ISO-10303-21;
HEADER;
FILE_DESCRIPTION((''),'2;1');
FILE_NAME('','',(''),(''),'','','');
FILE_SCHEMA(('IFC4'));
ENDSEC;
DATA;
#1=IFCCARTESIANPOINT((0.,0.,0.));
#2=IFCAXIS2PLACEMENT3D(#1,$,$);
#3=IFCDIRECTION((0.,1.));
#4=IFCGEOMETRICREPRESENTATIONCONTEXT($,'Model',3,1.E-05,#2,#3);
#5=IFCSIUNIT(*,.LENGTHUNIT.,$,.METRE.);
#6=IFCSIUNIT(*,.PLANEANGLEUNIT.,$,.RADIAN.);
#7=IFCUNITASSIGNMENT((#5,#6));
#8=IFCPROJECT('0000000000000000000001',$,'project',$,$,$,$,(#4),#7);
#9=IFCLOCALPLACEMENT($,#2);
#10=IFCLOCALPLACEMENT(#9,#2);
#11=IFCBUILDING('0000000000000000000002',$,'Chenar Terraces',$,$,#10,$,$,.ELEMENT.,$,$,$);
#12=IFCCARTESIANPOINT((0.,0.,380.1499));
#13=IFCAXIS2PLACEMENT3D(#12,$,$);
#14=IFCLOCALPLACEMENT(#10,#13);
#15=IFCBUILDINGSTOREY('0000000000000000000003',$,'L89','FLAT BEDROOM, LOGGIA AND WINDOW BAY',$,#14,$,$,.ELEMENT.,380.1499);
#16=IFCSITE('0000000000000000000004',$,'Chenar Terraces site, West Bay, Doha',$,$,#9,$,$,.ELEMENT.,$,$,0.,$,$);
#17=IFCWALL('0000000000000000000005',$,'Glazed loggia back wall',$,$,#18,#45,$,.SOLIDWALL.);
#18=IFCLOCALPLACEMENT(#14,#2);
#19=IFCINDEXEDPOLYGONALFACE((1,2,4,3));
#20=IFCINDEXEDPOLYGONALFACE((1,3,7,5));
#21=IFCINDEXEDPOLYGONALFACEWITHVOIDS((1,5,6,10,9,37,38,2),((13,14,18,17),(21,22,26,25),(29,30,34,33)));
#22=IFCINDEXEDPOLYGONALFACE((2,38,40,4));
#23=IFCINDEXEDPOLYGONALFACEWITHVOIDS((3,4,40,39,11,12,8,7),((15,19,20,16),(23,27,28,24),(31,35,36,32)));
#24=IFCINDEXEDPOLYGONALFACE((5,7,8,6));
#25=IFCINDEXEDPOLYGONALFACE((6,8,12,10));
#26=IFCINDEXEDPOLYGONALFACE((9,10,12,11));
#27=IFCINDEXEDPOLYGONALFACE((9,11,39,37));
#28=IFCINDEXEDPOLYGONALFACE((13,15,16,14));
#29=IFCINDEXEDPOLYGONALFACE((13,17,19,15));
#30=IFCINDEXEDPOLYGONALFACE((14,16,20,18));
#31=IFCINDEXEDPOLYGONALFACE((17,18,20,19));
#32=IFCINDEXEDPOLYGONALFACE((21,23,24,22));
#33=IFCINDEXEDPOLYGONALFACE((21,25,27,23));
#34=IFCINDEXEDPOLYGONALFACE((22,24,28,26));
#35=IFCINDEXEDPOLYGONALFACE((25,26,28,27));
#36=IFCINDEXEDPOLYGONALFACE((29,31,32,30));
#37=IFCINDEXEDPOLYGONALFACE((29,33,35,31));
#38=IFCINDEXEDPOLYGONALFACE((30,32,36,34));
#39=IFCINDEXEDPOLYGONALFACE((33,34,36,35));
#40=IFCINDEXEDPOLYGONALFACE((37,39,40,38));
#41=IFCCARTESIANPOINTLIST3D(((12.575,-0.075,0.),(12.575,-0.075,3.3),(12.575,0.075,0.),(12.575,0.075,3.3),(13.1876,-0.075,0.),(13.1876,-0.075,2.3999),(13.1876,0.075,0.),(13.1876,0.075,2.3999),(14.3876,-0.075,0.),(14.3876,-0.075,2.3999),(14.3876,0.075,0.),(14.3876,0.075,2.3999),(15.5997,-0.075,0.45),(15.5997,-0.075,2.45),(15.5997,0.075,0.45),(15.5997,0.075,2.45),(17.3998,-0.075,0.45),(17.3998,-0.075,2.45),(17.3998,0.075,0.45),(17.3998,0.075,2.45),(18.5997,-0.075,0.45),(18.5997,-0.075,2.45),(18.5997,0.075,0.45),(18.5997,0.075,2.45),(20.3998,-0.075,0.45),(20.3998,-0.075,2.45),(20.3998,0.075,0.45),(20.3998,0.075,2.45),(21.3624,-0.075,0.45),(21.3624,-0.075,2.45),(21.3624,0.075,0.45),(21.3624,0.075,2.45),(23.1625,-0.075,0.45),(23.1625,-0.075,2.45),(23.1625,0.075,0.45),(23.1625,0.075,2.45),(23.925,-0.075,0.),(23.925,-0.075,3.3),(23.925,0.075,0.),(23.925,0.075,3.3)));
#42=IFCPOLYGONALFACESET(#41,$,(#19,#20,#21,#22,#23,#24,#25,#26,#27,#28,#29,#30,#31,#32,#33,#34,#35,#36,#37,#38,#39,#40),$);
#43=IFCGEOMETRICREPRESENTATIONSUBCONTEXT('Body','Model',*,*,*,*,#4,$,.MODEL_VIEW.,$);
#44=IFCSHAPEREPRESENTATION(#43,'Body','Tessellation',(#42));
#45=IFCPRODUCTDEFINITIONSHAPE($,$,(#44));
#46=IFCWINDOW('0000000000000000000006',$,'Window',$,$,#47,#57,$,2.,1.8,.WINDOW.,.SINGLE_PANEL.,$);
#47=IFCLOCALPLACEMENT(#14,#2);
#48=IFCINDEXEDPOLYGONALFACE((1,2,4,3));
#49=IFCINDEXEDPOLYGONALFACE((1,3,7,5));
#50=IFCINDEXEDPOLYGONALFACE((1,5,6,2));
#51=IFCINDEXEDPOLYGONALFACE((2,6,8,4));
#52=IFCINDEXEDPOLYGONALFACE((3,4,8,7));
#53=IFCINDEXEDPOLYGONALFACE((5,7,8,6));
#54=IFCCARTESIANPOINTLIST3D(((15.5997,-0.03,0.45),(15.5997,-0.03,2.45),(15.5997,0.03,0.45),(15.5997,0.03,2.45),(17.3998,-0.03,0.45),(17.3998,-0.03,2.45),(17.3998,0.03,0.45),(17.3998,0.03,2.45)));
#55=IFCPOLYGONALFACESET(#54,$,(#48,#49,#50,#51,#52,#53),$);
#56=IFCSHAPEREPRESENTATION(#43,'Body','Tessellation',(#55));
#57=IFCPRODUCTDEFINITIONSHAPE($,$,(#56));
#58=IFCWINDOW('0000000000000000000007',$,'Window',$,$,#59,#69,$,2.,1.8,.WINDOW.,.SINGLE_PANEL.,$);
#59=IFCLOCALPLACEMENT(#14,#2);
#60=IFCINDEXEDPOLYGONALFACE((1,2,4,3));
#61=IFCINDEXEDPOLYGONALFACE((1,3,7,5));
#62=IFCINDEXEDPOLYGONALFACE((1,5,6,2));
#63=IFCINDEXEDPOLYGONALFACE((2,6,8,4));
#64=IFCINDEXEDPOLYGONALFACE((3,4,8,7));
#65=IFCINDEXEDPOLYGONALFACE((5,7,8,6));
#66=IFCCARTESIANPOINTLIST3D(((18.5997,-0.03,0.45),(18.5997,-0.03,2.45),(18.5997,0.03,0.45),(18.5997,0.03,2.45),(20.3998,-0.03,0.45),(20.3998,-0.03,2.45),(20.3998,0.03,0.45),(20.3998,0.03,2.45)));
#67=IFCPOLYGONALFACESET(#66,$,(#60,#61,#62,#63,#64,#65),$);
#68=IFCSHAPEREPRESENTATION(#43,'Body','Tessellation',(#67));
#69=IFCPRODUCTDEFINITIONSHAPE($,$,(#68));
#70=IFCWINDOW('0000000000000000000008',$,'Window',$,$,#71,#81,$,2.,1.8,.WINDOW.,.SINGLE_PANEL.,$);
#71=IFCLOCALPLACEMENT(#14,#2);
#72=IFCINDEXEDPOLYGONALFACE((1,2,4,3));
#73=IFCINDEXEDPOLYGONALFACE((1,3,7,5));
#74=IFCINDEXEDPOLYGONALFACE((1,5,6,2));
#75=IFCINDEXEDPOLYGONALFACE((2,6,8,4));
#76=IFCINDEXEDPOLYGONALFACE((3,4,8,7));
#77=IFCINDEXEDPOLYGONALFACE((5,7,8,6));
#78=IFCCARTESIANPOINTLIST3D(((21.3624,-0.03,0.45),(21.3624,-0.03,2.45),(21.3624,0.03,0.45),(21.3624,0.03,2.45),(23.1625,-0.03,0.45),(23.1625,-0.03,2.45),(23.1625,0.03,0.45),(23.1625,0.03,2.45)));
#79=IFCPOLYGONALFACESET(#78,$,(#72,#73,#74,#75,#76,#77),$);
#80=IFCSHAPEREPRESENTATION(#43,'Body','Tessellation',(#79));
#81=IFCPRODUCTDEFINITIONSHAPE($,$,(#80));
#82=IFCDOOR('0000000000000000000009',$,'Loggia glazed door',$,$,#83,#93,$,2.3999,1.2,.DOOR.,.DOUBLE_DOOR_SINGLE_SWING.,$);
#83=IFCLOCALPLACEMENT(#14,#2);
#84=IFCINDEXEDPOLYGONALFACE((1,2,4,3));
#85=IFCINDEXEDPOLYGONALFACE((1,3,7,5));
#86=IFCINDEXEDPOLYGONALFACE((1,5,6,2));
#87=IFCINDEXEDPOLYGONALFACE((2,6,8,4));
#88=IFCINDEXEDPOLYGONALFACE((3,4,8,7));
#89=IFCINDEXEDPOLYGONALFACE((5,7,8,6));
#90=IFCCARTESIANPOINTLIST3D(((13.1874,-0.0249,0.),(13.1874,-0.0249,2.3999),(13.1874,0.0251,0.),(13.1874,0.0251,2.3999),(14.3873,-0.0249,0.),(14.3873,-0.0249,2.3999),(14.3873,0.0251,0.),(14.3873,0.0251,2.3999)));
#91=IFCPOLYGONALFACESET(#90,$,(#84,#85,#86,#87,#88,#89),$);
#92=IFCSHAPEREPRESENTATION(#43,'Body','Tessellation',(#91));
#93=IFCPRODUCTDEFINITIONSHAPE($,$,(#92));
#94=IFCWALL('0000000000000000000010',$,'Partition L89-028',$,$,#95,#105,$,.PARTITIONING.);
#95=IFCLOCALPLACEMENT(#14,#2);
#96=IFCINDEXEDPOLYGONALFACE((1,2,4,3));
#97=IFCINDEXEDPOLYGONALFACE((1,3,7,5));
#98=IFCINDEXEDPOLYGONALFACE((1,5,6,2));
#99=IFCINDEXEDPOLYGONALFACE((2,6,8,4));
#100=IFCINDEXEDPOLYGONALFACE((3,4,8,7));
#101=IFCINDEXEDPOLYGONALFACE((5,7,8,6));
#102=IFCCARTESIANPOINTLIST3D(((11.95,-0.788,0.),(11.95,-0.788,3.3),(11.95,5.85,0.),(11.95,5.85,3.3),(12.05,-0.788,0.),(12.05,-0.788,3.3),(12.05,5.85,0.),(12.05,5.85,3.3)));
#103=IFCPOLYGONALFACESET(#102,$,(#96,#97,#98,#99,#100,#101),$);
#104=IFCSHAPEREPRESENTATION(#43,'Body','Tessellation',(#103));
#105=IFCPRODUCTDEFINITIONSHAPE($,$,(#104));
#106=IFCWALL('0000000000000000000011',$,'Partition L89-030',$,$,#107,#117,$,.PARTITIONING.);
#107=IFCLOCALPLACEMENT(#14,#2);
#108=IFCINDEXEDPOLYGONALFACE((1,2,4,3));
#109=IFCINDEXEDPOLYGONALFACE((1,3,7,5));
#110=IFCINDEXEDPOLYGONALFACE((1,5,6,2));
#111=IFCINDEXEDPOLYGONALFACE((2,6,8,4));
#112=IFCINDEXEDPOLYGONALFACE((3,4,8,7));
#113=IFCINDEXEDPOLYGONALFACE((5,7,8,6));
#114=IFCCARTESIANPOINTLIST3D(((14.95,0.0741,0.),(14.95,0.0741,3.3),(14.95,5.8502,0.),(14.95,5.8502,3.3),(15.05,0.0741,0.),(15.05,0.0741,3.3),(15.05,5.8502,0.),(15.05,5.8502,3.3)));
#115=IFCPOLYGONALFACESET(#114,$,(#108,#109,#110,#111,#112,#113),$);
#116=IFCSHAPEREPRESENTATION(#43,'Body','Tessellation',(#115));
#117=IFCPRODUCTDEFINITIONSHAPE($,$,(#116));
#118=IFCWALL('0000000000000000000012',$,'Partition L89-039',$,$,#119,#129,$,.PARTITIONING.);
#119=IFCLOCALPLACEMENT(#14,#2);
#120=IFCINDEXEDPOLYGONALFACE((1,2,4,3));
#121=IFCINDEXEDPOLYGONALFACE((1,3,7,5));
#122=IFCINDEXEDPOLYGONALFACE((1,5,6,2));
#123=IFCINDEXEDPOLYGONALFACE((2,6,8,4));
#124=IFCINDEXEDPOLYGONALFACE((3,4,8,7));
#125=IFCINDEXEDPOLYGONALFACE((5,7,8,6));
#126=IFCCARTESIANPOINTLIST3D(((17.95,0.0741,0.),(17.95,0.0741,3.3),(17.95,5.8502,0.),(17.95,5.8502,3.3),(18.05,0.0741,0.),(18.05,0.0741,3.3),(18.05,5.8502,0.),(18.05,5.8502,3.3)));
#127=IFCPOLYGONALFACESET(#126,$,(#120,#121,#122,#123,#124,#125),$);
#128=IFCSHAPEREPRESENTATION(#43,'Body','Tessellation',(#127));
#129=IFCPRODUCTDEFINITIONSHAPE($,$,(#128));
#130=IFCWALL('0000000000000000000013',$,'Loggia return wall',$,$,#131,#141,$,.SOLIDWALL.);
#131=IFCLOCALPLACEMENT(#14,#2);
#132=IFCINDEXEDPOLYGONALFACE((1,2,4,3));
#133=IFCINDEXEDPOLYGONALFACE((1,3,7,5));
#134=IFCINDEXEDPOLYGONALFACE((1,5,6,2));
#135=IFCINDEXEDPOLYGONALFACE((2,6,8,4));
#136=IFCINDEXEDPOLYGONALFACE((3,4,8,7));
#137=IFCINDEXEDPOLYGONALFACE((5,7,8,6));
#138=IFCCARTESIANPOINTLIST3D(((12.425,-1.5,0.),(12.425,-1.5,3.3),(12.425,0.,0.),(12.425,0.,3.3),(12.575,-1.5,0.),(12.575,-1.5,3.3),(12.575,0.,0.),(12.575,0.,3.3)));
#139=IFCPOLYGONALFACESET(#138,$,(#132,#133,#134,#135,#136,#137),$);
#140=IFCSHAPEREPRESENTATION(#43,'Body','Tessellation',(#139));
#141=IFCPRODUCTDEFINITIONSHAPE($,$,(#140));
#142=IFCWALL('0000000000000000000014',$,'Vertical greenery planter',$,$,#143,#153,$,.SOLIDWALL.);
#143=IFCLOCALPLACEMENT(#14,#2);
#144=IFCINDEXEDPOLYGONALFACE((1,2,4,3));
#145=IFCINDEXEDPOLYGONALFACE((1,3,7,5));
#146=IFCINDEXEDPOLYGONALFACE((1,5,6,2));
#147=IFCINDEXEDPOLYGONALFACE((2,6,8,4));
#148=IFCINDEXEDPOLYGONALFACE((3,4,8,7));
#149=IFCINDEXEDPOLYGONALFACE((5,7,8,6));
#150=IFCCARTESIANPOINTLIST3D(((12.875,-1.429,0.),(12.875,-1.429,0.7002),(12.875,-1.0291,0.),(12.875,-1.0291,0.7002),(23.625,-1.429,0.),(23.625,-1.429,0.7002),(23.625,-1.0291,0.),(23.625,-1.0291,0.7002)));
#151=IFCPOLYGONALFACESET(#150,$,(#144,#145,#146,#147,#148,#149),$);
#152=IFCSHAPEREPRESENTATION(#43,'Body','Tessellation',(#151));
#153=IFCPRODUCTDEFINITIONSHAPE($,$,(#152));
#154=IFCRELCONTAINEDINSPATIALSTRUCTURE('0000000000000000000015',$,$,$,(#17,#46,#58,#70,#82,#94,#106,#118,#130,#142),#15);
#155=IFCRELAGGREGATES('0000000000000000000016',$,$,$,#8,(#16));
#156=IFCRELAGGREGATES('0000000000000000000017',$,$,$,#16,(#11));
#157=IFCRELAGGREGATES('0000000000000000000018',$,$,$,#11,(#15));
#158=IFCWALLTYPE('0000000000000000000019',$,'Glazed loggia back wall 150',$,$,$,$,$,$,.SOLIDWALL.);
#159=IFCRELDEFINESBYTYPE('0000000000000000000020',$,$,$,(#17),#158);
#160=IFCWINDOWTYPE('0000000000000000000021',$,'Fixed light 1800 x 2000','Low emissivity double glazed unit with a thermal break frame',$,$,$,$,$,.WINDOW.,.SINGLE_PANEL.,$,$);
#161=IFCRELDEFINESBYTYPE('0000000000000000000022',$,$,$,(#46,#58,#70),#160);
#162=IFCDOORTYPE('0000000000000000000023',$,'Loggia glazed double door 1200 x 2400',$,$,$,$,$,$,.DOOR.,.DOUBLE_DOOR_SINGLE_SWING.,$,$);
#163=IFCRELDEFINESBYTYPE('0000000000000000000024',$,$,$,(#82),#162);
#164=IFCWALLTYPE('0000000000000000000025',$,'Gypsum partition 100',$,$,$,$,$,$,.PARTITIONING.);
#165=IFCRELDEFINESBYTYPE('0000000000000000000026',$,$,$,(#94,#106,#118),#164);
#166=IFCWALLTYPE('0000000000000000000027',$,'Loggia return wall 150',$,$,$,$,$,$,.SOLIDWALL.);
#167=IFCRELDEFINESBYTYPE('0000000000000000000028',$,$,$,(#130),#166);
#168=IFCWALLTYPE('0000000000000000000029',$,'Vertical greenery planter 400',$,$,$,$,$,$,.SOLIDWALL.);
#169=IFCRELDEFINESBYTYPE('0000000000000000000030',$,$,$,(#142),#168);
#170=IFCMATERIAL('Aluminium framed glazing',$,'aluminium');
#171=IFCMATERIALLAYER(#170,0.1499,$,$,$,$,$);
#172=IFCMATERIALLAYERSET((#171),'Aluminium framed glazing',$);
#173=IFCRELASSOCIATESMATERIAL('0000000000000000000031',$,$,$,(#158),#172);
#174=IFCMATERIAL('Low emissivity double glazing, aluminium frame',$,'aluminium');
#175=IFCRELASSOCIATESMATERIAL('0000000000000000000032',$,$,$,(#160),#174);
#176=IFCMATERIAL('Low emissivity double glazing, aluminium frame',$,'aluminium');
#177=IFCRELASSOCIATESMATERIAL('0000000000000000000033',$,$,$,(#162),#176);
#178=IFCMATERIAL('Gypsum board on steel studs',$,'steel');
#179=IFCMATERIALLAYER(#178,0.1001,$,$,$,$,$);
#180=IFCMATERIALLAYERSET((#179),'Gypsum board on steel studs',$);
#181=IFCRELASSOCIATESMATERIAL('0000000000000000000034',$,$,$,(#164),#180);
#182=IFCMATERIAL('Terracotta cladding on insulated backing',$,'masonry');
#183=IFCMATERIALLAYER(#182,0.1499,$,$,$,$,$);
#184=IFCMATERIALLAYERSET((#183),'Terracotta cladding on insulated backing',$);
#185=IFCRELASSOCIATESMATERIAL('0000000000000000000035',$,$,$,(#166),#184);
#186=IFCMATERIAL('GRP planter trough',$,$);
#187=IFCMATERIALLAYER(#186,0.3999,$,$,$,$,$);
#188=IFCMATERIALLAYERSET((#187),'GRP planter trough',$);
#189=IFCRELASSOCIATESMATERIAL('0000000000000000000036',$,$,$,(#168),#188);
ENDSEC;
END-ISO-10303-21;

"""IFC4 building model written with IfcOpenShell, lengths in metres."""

from ifc_helpers import new_model, si_unit, direction, frame, frame_2d, origin, place, context, subcontext, project, spatial, rectangle, extrude, material, layer, layer_set, type_object, element, fill, save


model = new_model("IFC4")

# Units and contexts
model_context = context("Model", 3, precision=1e-05, world=origin(), true_north=direction((0.0, 1.0)))
body_context = subcontext(model_context, "Body", "Model", "MODEL_VIEW")
ifc_project = project(units=[si_unit("LENGTHUNIT", "METRE"), si_unit("PLANEANGLEUNIT", "RADIAN")], contexts=[model_context])

# Site, building, storey
site_placement = place(None, origin())
site = spatial("IfcSite", under=ifc_project, at=site_placement, Name="Chenar Terraces site, West Bay, Doha", CompositionType="ELEMENT", RefElevation=0.0)
building_placement = place(site_placement, origin())
building = spatial("IfcBuilding", under=site, at=building_placement, Name="Chenar Terraces", CompositionType="ELEMENT")
storey_placement = place(building_placement, frame((0.0, 0.0, 380.1499)))
storey = spatial("IfcBuildingStorey", under=building, at=storey_placement, Name="L89", Description="FLAT BEDROOM, LOGGIA AND WINDOW BAY", CompositionType="ELEMENT", Elevation=380.1499)

# Wall, openings, windows, door
ifc_material_1 = material(Name="Aluminium framed glazing", Category="aluminium")
ifc_layer_1 = layer(ifc_material_1, 0.1499)
ifc_layer_set_1 = layer_set([ifc_layer_1], Name="Aluminium framed glazing")
wall_type_1 = type_object("IfcWallType", Name="Glazed loggia back wall 150", PredefinedType="SOLIDWALL", material=ifc_layer_set_1)
wall_1_placement = place(storey_placement, frame((12.575, 0.0, 0.0), z_axis=(0.0, 0.0, 1.0), x_axis=(1.0, 0.0, 0.0)))
wall_1 = element("IfcWall", 1, at=wall_1_placement, inside=storey, type_object=wall_type_1, Name="Glazed loggia back wall", PredefinedType="SOLIDWALL", context=body_context, shape_type="SweptSolid", body=[
    extrude(rectangle(XDim=11.3501, YDim=0.1499, at=frame_2d((5.675, 0.0))), origin(), (0.0, 0.0, 1.0), 3.3),
])
opening_1_placement = place(wall_1_placement, frame((0.6125, 0.0, 0.0)))
opening_1 = element("IfcOpeningElement", 2, at=opening_1_placement, cuts=wall_1, PredefinedType="OPENING", context=body_context, shape_type="SweptSolid", body=[
    extrude(rectangle(XDim=1.2, YDim=2.3999, at=frame_2d((0.6001, 1.2))), frame((0.0, 0.085, 0.0), z_axis=(0.0, -1.0, 0.0), x_axis=(1.0, 0.0, 0.0)), (0.0, 0.0, 1.0), 0.1699),
])
opening_2_placement = place(wall_1_placement, frame((3.0249, 0.0, 0.45)))
opening_2 = element("IfcOpeningElement", 3, at=opening_2_placement, cuts=wall_1, PredefinedType="OPENING", context=body_context, shape_type="SweptSolid", body=[
    extrude(rectangle(XDim=1.8, YDim=2.0, at=frame_2d((0.8999, 1.0))), frame((0.0, 0.085, 0.0), z_axis=(0.0, -1.0, 0.0), x_axis=(1.0, 0.0, 0.0)), (0.0, 0.0, 1.0), 0.1699),
])
opening_3_placement = place(wall_1_placement, frame((6.0249, 0.0, 0.45)))
opening_3 = element("IfcOpeningElement", 4, at=opening_3_placement, cuts=wall_1, PredefinedType="OPENING", context=body_context, shape_type="SweptSolid", body=[
    extrude(rectangle(XDim=1.8, YDim=2.0, at=frame_2d((0.8999, 1.0))), frame((0.0, 0.085, 0.0), z_axis=(0.0, -1.0, 0.0), x_axis=(1.0, 0.0, 0.0)), (0.0, 0.0, 1.0), 0.1699),
])
opening_4_placement = place(wall_1_placement, frame((8.7876, 0.0, 0.45)))
opening_4 = element("IfcOpeningElement", 5, at=opening_4_placement, cuts=wall_1, PredefinedType="OPENING", context=body_context, shape_type="SweptSolid", body=[
    extrude(rectangle(XDim=1.8, YDim=2.0, at=frame_2d((0.8999, 1.0))), frame((0.0, 0.085, 0.0), z_axis=(0.0, -1.0, 0.0), x_axis=(1.0, 0.0, 0.0)), (0.0, 0.0, 1.0), 0.1699),
])
ifc_material_2 = material(Name="Low emissivity double glazing, aluminium frame", Category="aluminium")
window_type = type_object("IfcWindowType", Name="Fixed light 1800 x 2000", Description="Low emissivity double glazed unit with a thermal break frame", PartitioningType="SINGLE_PANEL", PredefinedType="WINDOW", material=ifc_material_2)
window_1_placement = place(opening_2_placement, origin())
window_1 = element("IfcWindow", 6, at=window_1_placement, inside=storey, type_object=window_type, Name="Window", OverallHeight=2.0, OverallWidth=1.8, PartitioningType="SINGLE_PANEL", PredefinedType="WINDOW", context=body_context, shape_type="SweptSolid", body=[
    extrude(rectangle(XDim=1.8, YDim=2.0, at=frame_2d((0.8999, 1.0))), frame((0.0, 0.03, 0.0), z_axis=(0.0, -1.0, 0.0), x_axis=(1.0, 0.0, 0.0)), (0.0, 0.0, 1.0), 0.0601),
])
fill(opening_2, window_1)
window_2_placement = place(opening_3_placement, origin())
window_2 = element("IfcWindow", 7, at=window_2_placement, inside=storey, type_object=window_type, Name="Window", OverallHeight=2.0, OverallWidth=1.8, PartitioningType="SINGLE_PANEL", PredefinedType="WINDOW", context=body_context, shape_type="SweptSolid", body=[
    extrude(rectangle(XDim=1.8, YDim=2.0, at=frame_2d((0.8999, 1.0))), frame((0.0, 0.03, 0.0), z_axis=(0.0, -1.0, 0.0), x_axis=(1.0, 0.0, 0.0)), (0.0, 0.0, 1.0), 0.0601),
])
fill(opening_3, window_2)
window_3_placement = place(opening_4_placement, origin())
window_3 = element("IfcWindow", 8, at=window_3_placement, inside=storey, type_object=window_type, Name="Window", OverallHeight=2.0, OverallWidth=1.8, PartitioningType="SINGLE_PANEL", PredefinedType="WINDOW", context=body_context, shape_type="SweptSolid", body=[
    extrude(rectangle(XDim=1.8, YDim=2.0, at=frame_2d((0.8999, 1.0))), frame((0.0, 0.03, 0.0), z_axis=(0.0, -1.0, 0.0), x_axis=(1.0, 0.0, 0.0)), (0.0, 0.0, 1.0), 0.0601),
])
fill(opening_4, window_3)
ifc_material_3 = material(Name="Low emissivity double glazing, aluminium frame", Category="aluminium")
door_type = type_object("IfcDoorType", Name="Loggia glazed double door 1200 x 2400", OperationType="DOUBLE_DOOR_SINGLE_SWING", PredefinedType="DOOR", material=ifc_material_3)
door_placement = place(opening_1_placement, frame((1.2, 0.0, 0.0), z_axis=(0.0, 0.0, 1.0), x_axis=(-1.0, 0.0, 0.0)))
door = element("IfcDoor", 9, at=door_placement, inside=storey, type_object=door_type, Name="Loggia glazed door", OperationType="DOUBLE_DOOR_SINGLE_SWING", OverallHeight=2.3999, OverallWidth=1.2, PredefinedType="DOOR", context=body_context, shape_type="SweptSolid", body=[
    extrude(rectangle(XDim=1.2, YDim=2.3999, at=frame_2d((0.6001, 1.2))), frame((0.0, 0.0249, 0.0), z_axis=(0.0, -1.0, 0.0), x_axis=(1.0, 0.0, 0.0)), (0.0, 0.0, 1.0), 0.05),
])
fill(opening_1, door)

# Walls
ifc_material_4 = material(Name="Gypsum board on steel studs", Category="steel")
ifc_layer_2 = layer(ifc_material_4, 0.1001)
ifc_layer_set_2 = layer_set([ifc_layer_2], Name="Gypsum board on steel studs")
wall_type_2 = type_object("IfcWallType", Name="Gypsum partition 100", PredefinedType="PARTITIONING", material=ifc_layer_set_2)
wall_2_placement = place(storey_placement, frame((12.0, -0.7878, 0.0), z_axis=(0.0, 0.0, 1.0), x_axis=(0.0, 1.0, 0.0)))
element("IfcWall", 10, at=wall_2_placement, inside=storey, type_object=wall_type_2, Name="Partition L89-028", PredefinedType="PARTITIONING", context=body_context, shape_type="SweptSolid", body=[
    extrude(rectangle(XDim=6.6379, YDim=0.1001, at=frame_2d((3.3188, 0.0))), origin(), (0.0, 0.0, 1.0), 3.3),
])
for number, where, z_axis, x_axis, name in (
    (11, (15.0, 0.074, 0.0), (0.0, 0.0, 1.0), (0.0, 1.0, 0.0), "Partition L89-030"),
    (12, (18.0, 0.074, 0.0), (0.0, 0.0, 1.0), (0.0, 1.0, 0.0), "Partition L89-039"),
):
    element("IfcWall", number, at=place(storey_placement, frame(where, z_axis=z_axis, x_axis=x_axis)), inside=storey, type_object=wall_type_2, Name=name, PredefinedType="PARTITIONING", context=body_context, shape_type="SweptSolid", body=[
        extrude(rectangle(XDim=5.7761, YDim=0.1001, at=frame_2d((2.8882, 0.0))), origin(), (0.0, 0.0, 1.0), 3.3),
    ])
ifc_material_5 = material(Name="Terracotta cladding on insulated backing", Category="masonry")
ifc_layer_3 = layer(ifc_material_5, 0.1499)
ifc_layer_set_3 = layer_set([ifc_layer_3], Name="Terracotta cladding on insulated backing")
wall_type_3 = type_object("IfcWallType", Name="Loggia return wall 150", PredefinedType="SOLIDWALL", material=ifc_layer_set_3)
wall_3_placement = place(storey_placement, frame((12.5, -1.5, 0.0), z_axis=(0.0, 0.0, 1.0), x_axis=(0.0, 1.0, 0.0)))
element("IfcWall", 13, at=wall_3_placement, inside=storey, type_object=wall_type_3, Name="Loggia return wall", PredefinedType="SOLIDWALL", context=body_context, shape_type="SweptSolid", body=[
    extrude(rectangle(XDim=1.5, YDim=0.1499, at=frame_2d((0.75, 0.0))), origin(), (0.0, 0.0, 1.0), 3.3),
])
ifc_material_6 = material(Name="GRP planter trough")
ifc_layer_4 = layer(ifc_material_6, 0.3999)
ifc_layer_set_4 = layer_set([ifc_layer_4], Name="GRP planter trough")
wall_type_4 = type_object("IfcWallType", Name="Vertical greenery planter 400", PredefinedType="SOLIDWALL", material=ifc_layer_set_4)
wall_4_placement = place(storey_placement, frame((12.875, -1.229, 0.0), z_axis=(0.0, 0.0, 1.0), x_axis=(1.0, 0.0, 0.0)))
element("IfcWall", 14, at=wall_4_placement, inside=storey, type_object=wall_type_4, Name="Vertical greenery planter", PredefinedType="SOLIDWALL", context=body_context, shape_type="SweptSolid", body=[
    extrude(rectangle(XDim=10.75, YDim=0.3999, at=frame_2d((5.375, 0.0))), origin(), (0.0, 0.0, 1.0), 0.7002),
])

save(model, "model.ifc")
